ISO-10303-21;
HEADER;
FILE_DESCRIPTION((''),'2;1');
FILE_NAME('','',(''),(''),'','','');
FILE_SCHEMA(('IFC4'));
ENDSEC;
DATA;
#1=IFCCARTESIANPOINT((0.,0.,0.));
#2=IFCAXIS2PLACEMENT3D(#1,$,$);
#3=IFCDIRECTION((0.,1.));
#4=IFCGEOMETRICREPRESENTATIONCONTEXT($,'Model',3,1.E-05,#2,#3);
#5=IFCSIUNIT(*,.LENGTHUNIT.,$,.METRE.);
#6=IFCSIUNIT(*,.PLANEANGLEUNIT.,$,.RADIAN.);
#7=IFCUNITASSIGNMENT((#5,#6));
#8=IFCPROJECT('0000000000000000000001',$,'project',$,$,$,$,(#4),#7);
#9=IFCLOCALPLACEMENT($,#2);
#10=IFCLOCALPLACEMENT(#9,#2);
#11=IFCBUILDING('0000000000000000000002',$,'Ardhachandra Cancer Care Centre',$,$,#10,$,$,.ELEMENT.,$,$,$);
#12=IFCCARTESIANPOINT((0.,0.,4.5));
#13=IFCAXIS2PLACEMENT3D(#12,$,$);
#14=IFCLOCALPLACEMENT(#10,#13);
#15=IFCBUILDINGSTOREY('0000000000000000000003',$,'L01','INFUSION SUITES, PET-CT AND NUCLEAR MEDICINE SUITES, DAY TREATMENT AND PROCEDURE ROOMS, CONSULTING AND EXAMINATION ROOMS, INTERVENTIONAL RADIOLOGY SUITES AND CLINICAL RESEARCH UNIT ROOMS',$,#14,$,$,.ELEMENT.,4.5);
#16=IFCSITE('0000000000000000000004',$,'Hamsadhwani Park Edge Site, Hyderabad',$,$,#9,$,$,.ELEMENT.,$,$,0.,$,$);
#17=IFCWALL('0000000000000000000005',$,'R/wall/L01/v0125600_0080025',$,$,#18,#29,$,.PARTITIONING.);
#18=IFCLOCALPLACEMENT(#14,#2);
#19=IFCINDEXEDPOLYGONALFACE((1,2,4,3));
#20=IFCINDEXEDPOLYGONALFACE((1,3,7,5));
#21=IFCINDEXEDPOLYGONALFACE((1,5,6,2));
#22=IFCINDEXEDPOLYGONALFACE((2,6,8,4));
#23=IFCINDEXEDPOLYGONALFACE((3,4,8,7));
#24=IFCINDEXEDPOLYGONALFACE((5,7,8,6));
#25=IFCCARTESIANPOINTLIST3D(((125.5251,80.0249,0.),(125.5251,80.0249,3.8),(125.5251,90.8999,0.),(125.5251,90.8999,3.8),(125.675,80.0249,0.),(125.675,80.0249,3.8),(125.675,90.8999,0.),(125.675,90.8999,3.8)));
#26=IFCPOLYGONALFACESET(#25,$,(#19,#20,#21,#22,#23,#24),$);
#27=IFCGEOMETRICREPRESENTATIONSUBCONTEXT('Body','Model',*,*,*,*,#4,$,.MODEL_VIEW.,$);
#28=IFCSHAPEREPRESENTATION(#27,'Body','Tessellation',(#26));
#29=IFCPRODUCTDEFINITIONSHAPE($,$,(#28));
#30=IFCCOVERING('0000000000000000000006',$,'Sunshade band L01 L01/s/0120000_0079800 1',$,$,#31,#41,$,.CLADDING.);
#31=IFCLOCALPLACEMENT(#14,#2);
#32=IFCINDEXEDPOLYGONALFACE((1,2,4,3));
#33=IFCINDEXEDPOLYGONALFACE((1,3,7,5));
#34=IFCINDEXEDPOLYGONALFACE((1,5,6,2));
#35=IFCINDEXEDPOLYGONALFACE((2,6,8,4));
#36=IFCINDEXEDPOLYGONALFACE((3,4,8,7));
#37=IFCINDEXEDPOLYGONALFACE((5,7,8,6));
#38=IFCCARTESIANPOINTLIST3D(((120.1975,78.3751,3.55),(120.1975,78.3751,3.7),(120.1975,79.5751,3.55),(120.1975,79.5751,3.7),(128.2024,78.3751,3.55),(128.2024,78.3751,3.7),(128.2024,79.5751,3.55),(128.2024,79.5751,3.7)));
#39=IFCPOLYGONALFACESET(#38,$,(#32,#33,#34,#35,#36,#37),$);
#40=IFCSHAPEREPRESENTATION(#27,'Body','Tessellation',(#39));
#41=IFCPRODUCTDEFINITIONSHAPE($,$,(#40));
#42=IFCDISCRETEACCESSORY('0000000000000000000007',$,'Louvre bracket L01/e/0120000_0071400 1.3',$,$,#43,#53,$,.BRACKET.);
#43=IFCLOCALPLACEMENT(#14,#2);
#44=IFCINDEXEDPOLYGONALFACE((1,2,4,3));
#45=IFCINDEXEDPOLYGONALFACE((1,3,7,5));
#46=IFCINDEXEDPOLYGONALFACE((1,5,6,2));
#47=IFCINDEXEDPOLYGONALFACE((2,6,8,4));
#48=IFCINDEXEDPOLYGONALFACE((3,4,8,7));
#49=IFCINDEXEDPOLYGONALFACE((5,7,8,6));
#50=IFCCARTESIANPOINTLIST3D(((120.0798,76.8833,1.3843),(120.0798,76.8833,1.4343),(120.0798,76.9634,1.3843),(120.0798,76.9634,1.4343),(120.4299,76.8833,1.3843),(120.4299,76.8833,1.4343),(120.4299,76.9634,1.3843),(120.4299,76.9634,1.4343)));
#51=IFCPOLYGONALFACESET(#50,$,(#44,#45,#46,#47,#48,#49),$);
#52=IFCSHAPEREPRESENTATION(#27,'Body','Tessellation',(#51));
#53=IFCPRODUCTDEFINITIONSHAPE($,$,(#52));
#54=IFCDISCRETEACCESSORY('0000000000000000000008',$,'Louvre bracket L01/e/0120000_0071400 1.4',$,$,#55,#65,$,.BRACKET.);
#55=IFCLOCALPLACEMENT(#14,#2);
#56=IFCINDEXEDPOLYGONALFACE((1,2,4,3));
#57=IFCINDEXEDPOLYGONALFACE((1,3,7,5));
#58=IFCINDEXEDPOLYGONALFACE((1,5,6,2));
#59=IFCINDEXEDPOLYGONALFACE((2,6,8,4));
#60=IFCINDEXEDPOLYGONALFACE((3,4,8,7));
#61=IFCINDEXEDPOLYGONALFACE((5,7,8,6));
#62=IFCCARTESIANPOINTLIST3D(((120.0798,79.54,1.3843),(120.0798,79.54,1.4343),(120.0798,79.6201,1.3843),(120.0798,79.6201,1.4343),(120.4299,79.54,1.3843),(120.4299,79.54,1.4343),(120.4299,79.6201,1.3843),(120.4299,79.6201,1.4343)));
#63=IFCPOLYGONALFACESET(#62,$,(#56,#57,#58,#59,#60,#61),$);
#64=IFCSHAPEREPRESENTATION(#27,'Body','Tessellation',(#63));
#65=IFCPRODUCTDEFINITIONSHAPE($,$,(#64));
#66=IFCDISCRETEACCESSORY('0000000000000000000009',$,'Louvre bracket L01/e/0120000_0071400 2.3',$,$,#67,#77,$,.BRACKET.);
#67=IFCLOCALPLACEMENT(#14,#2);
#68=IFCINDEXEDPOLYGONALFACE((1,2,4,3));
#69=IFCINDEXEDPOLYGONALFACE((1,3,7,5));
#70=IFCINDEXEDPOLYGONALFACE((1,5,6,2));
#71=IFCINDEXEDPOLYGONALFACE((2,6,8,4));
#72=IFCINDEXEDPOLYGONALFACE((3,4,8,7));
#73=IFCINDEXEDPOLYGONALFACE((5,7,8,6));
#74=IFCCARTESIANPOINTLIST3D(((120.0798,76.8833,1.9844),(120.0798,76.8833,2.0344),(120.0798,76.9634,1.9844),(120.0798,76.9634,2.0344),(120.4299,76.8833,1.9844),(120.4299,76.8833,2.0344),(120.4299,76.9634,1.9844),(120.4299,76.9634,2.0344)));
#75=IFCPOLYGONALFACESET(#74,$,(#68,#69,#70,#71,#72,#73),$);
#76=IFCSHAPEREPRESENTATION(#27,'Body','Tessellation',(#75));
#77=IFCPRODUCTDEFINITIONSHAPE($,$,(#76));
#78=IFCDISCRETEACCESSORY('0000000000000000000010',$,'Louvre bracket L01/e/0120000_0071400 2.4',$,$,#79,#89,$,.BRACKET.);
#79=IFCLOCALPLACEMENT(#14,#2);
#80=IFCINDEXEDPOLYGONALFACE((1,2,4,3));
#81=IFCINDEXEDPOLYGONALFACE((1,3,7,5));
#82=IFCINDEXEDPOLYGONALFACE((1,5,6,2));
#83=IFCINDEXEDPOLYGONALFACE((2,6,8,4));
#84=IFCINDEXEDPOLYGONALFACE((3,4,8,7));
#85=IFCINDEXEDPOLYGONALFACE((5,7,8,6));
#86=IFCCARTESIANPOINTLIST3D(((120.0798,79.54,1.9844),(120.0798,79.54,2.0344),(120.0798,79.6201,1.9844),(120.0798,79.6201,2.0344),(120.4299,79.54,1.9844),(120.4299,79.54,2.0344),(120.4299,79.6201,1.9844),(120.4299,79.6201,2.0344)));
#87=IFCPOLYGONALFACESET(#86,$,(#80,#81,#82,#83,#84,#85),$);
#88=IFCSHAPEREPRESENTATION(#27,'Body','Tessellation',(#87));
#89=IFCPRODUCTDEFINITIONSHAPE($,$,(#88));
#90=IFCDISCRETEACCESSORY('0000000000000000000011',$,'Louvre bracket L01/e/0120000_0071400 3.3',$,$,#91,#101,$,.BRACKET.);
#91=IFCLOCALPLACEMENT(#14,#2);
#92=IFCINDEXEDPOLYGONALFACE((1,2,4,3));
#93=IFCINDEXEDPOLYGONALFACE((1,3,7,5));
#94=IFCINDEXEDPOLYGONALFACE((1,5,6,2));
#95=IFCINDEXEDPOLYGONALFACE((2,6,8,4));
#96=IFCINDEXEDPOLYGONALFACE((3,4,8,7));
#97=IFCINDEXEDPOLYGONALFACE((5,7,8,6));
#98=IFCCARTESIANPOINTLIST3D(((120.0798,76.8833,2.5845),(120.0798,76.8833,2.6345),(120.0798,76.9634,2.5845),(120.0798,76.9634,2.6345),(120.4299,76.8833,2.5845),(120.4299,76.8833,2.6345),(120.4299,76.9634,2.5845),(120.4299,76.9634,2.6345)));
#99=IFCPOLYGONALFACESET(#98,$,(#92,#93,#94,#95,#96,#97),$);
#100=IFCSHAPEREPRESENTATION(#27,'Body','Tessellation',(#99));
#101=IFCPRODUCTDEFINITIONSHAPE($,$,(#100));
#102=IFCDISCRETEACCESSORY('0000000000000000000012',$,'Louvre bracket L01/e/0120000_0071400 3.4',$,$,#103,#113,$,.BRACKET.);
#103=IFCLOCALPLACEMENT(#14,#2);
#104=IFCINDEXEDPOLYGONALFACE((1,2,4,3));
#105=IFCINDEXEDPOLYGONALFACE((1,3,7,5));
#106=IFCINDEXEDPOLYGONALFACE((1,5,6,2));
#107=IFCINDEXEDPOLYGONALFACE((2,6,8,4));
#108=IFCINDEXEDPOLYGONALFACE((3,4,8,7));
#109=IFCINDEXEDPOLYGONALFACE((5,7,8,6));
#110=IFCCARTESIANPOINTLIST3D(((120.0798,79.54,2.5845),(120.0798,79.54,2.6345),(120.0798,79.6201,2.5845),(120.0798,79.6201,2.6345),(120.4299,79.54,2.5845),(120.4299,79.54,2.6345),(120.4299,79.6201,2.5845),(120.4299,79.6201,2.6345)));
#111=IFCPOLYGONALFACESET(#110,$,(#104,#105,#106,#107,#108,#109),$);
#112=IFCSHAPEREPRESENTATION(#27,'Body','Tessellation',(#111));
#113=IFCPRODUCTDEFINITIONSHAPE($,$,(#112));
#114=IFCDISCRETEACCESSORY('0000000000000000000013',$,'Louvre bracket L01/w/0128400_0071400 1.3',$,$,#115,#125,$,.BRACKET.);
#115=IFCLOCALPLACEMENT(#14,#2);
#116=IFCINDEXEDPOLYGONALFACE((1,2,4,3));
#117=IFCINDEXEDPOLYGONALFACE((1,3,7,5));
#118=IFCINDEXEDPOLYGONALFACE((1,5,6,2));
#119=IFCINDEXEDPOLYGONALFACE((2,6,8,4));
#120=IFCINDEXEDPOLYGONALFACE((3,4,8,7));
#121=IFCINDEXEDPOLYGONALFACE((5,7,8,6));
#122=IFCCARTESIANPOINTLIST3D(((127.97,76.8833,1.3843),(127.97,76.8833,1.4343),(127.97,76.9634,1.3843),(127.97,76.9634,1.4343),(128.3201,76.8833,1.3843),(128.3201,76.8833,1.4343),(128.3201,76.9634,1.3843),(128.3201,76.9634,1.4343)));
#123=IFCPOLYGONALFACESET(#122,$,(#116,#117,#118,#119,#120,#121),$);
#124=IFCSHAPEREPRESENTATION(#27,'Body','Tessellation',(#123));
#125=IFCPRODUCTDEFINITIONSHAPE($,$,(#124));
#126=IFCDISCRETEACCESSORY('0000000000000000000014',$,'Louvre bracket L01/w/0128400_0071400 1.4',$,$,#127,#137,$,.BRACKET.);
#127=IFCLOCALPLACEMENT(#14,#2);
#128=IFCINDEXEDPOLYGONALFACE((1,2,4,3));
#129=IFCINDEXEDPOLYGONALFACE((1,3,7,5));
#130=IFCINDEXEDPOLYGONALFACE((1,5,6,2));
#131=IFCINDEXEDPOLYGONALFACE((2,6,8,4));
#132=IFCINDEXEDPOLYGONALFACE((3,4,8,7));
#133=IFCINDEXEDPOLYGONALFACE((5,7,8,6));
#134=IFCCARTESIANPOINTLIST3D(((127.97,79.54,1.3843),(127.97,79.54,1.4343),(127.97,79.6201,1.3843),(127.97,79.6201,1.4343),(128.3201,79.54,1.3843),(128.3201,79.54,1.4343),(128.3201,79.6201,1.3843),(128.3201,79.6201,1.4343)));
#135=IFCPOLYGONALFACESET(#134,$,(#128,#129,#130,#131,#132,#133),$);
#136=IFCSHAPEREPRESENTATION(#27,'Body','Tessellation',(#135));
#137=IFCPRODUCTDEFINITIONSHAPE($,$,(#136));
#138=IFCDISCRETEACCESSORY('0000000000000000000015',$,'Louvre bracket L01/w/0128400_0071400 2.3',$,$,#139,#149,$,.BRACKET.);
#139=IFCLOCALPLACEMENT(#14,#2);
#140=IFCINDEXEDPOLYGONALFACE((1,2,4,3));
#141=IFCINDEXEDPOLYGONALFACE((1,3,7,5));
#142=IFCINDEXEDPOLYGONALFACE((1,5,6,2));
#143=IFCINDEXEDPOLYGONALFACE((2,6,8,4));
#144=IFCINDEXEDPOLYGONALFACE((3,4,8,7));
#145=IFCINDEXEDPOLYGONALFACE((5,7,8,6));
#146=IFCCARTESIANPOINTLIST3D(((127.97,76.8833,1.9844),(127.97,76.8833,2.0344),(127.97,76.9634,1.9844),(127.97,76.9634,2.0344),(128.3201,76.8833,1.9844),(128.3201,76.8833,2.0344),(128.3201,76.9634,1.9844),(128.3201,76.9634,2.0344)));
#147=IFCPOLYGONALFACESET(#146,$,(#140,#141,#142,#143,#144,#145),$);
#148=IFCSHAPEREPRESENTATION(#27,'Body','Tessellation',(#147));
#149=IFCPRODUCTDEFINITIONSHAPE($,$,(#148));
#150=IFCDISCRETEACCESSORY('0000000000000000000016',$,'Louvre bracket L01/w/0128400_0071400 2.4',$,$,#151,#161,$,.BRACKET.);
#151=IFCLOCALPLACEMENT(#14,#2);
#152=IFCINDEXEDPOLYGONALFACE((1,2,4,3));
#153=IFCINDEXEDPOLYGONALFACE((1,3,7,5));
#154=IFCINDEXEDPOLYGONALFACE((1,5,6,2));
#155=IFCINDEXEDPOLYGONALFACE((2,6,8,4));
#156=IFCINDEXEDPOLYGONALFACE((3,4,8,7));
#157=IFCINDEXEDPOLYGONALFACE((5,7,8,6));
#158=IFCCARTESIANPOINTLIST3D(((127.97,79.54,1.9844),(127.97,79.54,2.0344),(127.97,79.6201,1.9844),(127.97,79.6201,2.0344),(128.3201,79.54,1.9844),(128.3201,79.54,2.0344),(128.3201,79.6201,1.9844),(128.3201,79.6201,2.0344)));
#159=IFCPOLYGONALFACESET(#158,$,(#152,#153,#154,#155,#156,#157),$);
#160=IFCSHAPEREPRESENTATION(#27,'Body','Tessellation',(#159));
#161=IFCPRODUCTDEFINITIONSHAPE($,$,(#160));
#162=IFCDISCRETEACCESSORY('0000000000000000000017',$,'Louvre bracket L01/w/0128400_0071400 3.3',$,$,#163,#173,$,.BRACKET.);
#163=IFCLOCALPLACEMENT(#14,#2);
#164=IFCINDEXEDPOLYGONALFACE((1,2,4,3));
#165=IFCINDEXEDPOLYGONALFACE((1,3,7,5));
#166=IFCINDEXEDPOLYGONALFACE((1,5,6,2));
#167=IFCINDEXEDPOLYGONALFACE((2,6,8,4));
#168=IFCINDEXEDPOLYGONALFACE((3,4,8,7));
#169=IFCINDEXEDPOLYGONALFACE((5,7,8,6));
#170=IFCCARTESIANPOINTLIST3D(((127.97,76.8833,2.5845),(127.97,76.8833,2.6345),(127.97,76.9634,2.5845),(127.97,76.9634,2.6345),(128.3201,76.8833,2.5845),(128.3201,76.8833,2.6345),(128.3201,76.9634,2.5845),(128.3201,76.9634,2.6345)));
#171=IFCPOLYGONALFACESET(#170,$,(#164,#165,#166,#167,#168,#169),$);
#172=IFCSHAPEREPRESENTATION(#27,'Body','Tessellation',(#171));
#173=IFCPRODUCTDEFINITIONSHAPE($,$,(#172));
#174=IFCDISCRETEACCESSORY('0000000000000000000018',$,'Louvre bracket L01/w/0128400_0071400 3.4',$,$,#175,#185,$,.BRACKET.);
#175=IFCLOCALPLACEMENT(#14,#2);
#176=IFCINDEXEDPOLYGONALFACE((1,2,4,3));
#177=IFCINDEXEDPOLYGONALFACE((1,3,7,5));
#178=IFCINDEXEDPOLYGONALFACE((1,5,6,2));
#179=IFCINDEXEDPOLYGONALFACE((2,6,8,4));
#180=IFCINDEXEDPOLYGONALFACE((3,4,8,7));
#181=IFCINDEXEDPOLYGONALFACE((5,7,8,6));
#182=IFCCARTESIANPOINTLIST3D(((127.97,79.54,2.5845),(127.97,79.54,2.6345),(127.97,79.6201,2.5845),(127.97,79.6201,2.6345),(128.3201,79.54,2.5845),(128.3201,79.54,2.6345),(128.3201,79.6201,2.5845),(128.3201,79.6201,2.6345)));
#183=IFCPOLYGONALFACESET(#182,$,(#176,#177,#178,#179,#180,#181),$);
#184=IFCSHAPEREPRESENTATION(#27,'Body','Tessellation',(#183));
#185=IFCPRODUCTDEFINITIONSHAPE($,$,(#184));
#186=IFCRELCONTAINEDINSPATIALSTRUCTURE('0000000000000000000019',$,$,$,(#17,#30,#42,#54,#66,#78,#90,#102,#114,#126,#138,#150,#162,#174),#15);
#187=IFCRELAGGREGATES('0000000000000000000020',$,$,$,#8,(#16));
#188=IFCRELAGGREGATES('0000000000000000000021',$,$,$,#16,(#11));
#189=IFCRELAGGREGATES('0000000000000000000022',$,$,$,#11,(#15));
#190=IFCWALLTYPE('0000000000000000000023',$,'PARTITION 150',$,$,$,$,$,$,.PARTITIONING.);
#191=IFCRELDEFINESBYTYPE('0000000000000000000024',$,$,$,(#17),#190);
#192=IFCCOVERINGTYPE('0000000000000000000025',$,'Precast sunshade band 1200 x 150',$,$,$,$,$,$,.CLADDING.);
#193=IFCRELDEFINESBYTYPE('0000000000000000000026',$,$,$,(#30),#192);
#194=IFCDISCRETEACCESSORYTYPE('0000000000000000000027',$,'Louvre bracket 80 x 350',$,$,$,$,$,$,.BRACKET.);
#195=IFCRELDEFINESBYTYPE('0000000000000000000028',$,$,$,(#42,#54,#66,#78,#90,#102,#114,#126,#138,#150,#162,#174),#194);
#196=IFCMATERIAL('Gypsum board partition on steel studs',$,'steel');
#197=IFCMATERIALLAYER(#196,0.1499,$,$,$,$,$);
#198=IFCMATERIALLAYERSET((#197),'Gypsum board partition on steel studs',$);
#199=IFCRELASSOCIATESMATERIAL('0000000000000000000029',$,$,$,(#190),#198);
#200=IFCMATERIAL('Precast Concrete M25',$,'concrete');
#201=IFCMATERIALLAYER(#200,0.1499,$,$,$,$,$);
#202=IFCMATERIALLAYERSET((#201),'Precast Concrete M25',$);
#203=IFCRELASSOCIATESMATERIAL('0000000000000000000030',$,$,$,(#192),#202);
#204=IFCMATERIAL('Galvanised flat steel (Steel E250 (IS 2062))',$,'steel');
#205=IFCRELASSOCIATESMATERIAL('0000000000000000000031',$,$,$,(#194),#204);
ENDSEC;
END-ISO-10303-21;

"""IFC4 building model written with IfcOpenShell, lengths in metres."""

from ifc_helpers import new_model, si_unit, direction, frame, frame_2d, origin, origin_2d, place, context, subcontext, project, spatial, rectangle, extrude, material, layer, layer_set, type_object, element, save


model = new_model("IFC4")

# Units and contexts
model_context = context("Model", 3, precision=1e-05, world=origin(), true_north=direction((0.0, 1.0)))
body_context = subcontext(model_context, "Body", "Model", "MODEL_VIEW")
ifc_project = project(units=[si_unit("LENGTHUNIT", "METRE"), si_unit("PLANEANGLEUNIT", "RADIAN")], contexts=[model_context])

# Site, building, storey
site_placement = place(None, origin())
site = spatial("IfcSite", under=ifc_project, at=site_placement, Name="Hamsadhwani Park Edge Site, Hyderabad", CompositionType="ELEMENT", RefElevation=0.0)
building_placement = place(site_placement, origin())
building = spatial("IfcBuilding", under=site, at=building_placement, Name="Ardhachandra Cancer Care Centre", CompositionType="ELEMENT")
storey_placement = place(building_placement, frame((0.0, 0.0, 4.5)))
storey = spatial("IfcBuildingStorey", under=building, at=storey_placement, Name="L01", Description="INFUSION SUITES, PET-CT AND NUCLEAR MEDICINE SUITES, DAY TREATMENT AND PROCEDURE ROOMS, CONSULTING AND EXAMINATION ROOMS, INTERVENTIONAL RADIOLOGY SUITES AND CLINICAL RESEARCH UNIT ROOMS", CompositionType="ELEMENT", Elevation=4.5)

# Wall
ifc_material_1 = material(Name="Gypsum board partition on steel studs", Category="steel")
ifc_layer_1 = layer(ifc_material_1, 0.1499)
ifc_layer_set_1 = layer_set([ifc_layer_1], Name="Gypsum board partition on steel studs")
wall_type = type_object("IfcWallType", Name="PARTITION 150", PredefinedType="PARTITIONING", material=ifc_layer_set_1)
wall_placement = place(storey_placement, frame((125.6001, 80.0249, 0.0), z_axis=(0.0, 0.0, 1.0), x_axis=(0.0, 1.0, 0.0)))
element("IfcWall", 1, at=wall_placement, inside=storey, type_object=wall_type, Name="R/wall/L01/v0125600_0080025", PredefinedType="PARTITIONING", context=body_context, shape_type="SweptSolid", body=[
    extrude(rectangle(XDim=10.875, YDim=0.1499, at=frame_2d((5.4375, 0.0))), origin(), (0.0, 0.0, 1.0), 3.8),
])

# Covering
ifc_material_2 = material(Name="Precast Concrete M25", Category="concrete")
ifc_layer_2 = layer(ifc_material_2, 0.1499)
ifc_layer_set_2 = layer_set([ifc_layer_2], Name="Precast Concrete M25")
covering_type = type_object("IfcCoveringType", Name="Precast sunshade band 1200 x 150", PredefinedType="CLADDING", material=ifc_layer_set_2)
covering_placement = place(storey_placement, frame((124.2, 78.9751, 3.55), z_axis=(0.0, 0.0, 1.0), x_axis=(1.0, 0.0, 0.0)))
element("IfcCovering", 2, at=covering_placement, inside=storey, type_object=covering_type, Name="Sunshade band L01 L01/s/0120000_0079800 1", PredefinedType="CLADDING", context=body_context, shape_type="SweptSolid", body=[
    extrude(rectangle(XDim=8.0049, YDim=1.2, at=origin_2d()), origin(), (0.0, 0.0, 1.0), 0.1499),
])

# Discrete accessories
ifc_material_3 = material(Name="Galvanised flat steel (Steel E250 (IS 2062))", Category="steel")
discrete_accessory_type = type_object("IfcDiscreteAccessoryType", Name="Louvre bracket 80 x 350", PredefinedType="BRACKET", material=ifc_material_3)
for number, where, z_axis, x_axis, name in (
    (3, (120.2549, 76.9233, 1.3843), (0.0, 0.0, 1.0), (0.0, 1.0, 0.0), "Louvre bracket L01/e/0120000_0071400 1.3"),
    (4, (120.2549, 79.5801, 1.3843), (0.0, 0.0, 1.0), (0.0, 1.0, 0.0), "Louvre bracket L01/e/0120000_0071400 1.4"),
    (5, (120.2549, 76.9233, 1.9844), (0.0, 0.0, 1.0), (0.0, 1.0, 0.0), "Louvre bracket L01/e/0120000_0071400 2.3"),
    (6, (120.2549, 79.5801, 1.9844), (0.0, 0.0, 1.0), (0.0, 1.0, 0.0), "Louvre bracket L01/e/0120000_0071400 2.4"),
    (7, (120.2549, 76.9233, 2.5845), (0.0, 0.0, 1.0), (0.0, 1.0, 0.0), "Louvre bracket L01/e/0120000_0071400 3.3"),
    (8, (120.2549, 79.5801, 2.5845), (0.0, 0.0, 1.0), (0.0, 1.0, 0.0), "Louvre bracket L01/e/0120000_0071400 3.4"),
    (9, (128.145, 76.9233, 1.3843), (0.0, 0.0, 1.0), (0.0, 1.0, 0.0), "Louvre bracket L01/w/0128400_0071400 1.3"),
    (10, (128.145, 79.5801, 1.3843), (0.0, 0.0, 1.0), (0.0, 1.0, 0.0), "Louvre bracket L01/w/0128400_0071400 1.4"),
    (11, (128.145, 76.9233, 1.9844), (0.0, 0.0, 1.0), (0.0, 1.0, 0.0), "Louvre bracket L01/w/0128400_0071400 2.3"),
    (12, (128.145, 79.5801, 1.9844), (0.0, 0.0, 1.0), (0.0, 1.0, 0.0), "Louvre bracket L01/w/0128400_0071400 2.4"),
    (13, (128.145, 76.9233, 2.5845), (0.0, 0.0, 1.0), (0.0, 1.0, 0.0), "Louvre bracket L01/w/0128400_0071400 3.3"),
    (14, (128.145, 79.5801, 2.5845), (0.0, 0.0, 1.0), (0.0, 1.0, 0.0), "Louvre bracket L01/w/0128400_0071400 3.4"),
):
    element("IfcDiscreteAccessory", number, at=place(storey_placement, frame(where, z_axis=z_axis, x_axis=x_axis)), inside=storey, type_object=discrete_accessory_type, Name=name, PredefinedType="BRACKET", context=body_context, shape_type="SweptSolid", body=[
        extrude(rectangle(XDim=0.0801, YDim=0.3501, at=origin_2d()), origin(), (0.0, 0.0, 1.0), 0.05),
    ])

save(model, "model.ifc")
